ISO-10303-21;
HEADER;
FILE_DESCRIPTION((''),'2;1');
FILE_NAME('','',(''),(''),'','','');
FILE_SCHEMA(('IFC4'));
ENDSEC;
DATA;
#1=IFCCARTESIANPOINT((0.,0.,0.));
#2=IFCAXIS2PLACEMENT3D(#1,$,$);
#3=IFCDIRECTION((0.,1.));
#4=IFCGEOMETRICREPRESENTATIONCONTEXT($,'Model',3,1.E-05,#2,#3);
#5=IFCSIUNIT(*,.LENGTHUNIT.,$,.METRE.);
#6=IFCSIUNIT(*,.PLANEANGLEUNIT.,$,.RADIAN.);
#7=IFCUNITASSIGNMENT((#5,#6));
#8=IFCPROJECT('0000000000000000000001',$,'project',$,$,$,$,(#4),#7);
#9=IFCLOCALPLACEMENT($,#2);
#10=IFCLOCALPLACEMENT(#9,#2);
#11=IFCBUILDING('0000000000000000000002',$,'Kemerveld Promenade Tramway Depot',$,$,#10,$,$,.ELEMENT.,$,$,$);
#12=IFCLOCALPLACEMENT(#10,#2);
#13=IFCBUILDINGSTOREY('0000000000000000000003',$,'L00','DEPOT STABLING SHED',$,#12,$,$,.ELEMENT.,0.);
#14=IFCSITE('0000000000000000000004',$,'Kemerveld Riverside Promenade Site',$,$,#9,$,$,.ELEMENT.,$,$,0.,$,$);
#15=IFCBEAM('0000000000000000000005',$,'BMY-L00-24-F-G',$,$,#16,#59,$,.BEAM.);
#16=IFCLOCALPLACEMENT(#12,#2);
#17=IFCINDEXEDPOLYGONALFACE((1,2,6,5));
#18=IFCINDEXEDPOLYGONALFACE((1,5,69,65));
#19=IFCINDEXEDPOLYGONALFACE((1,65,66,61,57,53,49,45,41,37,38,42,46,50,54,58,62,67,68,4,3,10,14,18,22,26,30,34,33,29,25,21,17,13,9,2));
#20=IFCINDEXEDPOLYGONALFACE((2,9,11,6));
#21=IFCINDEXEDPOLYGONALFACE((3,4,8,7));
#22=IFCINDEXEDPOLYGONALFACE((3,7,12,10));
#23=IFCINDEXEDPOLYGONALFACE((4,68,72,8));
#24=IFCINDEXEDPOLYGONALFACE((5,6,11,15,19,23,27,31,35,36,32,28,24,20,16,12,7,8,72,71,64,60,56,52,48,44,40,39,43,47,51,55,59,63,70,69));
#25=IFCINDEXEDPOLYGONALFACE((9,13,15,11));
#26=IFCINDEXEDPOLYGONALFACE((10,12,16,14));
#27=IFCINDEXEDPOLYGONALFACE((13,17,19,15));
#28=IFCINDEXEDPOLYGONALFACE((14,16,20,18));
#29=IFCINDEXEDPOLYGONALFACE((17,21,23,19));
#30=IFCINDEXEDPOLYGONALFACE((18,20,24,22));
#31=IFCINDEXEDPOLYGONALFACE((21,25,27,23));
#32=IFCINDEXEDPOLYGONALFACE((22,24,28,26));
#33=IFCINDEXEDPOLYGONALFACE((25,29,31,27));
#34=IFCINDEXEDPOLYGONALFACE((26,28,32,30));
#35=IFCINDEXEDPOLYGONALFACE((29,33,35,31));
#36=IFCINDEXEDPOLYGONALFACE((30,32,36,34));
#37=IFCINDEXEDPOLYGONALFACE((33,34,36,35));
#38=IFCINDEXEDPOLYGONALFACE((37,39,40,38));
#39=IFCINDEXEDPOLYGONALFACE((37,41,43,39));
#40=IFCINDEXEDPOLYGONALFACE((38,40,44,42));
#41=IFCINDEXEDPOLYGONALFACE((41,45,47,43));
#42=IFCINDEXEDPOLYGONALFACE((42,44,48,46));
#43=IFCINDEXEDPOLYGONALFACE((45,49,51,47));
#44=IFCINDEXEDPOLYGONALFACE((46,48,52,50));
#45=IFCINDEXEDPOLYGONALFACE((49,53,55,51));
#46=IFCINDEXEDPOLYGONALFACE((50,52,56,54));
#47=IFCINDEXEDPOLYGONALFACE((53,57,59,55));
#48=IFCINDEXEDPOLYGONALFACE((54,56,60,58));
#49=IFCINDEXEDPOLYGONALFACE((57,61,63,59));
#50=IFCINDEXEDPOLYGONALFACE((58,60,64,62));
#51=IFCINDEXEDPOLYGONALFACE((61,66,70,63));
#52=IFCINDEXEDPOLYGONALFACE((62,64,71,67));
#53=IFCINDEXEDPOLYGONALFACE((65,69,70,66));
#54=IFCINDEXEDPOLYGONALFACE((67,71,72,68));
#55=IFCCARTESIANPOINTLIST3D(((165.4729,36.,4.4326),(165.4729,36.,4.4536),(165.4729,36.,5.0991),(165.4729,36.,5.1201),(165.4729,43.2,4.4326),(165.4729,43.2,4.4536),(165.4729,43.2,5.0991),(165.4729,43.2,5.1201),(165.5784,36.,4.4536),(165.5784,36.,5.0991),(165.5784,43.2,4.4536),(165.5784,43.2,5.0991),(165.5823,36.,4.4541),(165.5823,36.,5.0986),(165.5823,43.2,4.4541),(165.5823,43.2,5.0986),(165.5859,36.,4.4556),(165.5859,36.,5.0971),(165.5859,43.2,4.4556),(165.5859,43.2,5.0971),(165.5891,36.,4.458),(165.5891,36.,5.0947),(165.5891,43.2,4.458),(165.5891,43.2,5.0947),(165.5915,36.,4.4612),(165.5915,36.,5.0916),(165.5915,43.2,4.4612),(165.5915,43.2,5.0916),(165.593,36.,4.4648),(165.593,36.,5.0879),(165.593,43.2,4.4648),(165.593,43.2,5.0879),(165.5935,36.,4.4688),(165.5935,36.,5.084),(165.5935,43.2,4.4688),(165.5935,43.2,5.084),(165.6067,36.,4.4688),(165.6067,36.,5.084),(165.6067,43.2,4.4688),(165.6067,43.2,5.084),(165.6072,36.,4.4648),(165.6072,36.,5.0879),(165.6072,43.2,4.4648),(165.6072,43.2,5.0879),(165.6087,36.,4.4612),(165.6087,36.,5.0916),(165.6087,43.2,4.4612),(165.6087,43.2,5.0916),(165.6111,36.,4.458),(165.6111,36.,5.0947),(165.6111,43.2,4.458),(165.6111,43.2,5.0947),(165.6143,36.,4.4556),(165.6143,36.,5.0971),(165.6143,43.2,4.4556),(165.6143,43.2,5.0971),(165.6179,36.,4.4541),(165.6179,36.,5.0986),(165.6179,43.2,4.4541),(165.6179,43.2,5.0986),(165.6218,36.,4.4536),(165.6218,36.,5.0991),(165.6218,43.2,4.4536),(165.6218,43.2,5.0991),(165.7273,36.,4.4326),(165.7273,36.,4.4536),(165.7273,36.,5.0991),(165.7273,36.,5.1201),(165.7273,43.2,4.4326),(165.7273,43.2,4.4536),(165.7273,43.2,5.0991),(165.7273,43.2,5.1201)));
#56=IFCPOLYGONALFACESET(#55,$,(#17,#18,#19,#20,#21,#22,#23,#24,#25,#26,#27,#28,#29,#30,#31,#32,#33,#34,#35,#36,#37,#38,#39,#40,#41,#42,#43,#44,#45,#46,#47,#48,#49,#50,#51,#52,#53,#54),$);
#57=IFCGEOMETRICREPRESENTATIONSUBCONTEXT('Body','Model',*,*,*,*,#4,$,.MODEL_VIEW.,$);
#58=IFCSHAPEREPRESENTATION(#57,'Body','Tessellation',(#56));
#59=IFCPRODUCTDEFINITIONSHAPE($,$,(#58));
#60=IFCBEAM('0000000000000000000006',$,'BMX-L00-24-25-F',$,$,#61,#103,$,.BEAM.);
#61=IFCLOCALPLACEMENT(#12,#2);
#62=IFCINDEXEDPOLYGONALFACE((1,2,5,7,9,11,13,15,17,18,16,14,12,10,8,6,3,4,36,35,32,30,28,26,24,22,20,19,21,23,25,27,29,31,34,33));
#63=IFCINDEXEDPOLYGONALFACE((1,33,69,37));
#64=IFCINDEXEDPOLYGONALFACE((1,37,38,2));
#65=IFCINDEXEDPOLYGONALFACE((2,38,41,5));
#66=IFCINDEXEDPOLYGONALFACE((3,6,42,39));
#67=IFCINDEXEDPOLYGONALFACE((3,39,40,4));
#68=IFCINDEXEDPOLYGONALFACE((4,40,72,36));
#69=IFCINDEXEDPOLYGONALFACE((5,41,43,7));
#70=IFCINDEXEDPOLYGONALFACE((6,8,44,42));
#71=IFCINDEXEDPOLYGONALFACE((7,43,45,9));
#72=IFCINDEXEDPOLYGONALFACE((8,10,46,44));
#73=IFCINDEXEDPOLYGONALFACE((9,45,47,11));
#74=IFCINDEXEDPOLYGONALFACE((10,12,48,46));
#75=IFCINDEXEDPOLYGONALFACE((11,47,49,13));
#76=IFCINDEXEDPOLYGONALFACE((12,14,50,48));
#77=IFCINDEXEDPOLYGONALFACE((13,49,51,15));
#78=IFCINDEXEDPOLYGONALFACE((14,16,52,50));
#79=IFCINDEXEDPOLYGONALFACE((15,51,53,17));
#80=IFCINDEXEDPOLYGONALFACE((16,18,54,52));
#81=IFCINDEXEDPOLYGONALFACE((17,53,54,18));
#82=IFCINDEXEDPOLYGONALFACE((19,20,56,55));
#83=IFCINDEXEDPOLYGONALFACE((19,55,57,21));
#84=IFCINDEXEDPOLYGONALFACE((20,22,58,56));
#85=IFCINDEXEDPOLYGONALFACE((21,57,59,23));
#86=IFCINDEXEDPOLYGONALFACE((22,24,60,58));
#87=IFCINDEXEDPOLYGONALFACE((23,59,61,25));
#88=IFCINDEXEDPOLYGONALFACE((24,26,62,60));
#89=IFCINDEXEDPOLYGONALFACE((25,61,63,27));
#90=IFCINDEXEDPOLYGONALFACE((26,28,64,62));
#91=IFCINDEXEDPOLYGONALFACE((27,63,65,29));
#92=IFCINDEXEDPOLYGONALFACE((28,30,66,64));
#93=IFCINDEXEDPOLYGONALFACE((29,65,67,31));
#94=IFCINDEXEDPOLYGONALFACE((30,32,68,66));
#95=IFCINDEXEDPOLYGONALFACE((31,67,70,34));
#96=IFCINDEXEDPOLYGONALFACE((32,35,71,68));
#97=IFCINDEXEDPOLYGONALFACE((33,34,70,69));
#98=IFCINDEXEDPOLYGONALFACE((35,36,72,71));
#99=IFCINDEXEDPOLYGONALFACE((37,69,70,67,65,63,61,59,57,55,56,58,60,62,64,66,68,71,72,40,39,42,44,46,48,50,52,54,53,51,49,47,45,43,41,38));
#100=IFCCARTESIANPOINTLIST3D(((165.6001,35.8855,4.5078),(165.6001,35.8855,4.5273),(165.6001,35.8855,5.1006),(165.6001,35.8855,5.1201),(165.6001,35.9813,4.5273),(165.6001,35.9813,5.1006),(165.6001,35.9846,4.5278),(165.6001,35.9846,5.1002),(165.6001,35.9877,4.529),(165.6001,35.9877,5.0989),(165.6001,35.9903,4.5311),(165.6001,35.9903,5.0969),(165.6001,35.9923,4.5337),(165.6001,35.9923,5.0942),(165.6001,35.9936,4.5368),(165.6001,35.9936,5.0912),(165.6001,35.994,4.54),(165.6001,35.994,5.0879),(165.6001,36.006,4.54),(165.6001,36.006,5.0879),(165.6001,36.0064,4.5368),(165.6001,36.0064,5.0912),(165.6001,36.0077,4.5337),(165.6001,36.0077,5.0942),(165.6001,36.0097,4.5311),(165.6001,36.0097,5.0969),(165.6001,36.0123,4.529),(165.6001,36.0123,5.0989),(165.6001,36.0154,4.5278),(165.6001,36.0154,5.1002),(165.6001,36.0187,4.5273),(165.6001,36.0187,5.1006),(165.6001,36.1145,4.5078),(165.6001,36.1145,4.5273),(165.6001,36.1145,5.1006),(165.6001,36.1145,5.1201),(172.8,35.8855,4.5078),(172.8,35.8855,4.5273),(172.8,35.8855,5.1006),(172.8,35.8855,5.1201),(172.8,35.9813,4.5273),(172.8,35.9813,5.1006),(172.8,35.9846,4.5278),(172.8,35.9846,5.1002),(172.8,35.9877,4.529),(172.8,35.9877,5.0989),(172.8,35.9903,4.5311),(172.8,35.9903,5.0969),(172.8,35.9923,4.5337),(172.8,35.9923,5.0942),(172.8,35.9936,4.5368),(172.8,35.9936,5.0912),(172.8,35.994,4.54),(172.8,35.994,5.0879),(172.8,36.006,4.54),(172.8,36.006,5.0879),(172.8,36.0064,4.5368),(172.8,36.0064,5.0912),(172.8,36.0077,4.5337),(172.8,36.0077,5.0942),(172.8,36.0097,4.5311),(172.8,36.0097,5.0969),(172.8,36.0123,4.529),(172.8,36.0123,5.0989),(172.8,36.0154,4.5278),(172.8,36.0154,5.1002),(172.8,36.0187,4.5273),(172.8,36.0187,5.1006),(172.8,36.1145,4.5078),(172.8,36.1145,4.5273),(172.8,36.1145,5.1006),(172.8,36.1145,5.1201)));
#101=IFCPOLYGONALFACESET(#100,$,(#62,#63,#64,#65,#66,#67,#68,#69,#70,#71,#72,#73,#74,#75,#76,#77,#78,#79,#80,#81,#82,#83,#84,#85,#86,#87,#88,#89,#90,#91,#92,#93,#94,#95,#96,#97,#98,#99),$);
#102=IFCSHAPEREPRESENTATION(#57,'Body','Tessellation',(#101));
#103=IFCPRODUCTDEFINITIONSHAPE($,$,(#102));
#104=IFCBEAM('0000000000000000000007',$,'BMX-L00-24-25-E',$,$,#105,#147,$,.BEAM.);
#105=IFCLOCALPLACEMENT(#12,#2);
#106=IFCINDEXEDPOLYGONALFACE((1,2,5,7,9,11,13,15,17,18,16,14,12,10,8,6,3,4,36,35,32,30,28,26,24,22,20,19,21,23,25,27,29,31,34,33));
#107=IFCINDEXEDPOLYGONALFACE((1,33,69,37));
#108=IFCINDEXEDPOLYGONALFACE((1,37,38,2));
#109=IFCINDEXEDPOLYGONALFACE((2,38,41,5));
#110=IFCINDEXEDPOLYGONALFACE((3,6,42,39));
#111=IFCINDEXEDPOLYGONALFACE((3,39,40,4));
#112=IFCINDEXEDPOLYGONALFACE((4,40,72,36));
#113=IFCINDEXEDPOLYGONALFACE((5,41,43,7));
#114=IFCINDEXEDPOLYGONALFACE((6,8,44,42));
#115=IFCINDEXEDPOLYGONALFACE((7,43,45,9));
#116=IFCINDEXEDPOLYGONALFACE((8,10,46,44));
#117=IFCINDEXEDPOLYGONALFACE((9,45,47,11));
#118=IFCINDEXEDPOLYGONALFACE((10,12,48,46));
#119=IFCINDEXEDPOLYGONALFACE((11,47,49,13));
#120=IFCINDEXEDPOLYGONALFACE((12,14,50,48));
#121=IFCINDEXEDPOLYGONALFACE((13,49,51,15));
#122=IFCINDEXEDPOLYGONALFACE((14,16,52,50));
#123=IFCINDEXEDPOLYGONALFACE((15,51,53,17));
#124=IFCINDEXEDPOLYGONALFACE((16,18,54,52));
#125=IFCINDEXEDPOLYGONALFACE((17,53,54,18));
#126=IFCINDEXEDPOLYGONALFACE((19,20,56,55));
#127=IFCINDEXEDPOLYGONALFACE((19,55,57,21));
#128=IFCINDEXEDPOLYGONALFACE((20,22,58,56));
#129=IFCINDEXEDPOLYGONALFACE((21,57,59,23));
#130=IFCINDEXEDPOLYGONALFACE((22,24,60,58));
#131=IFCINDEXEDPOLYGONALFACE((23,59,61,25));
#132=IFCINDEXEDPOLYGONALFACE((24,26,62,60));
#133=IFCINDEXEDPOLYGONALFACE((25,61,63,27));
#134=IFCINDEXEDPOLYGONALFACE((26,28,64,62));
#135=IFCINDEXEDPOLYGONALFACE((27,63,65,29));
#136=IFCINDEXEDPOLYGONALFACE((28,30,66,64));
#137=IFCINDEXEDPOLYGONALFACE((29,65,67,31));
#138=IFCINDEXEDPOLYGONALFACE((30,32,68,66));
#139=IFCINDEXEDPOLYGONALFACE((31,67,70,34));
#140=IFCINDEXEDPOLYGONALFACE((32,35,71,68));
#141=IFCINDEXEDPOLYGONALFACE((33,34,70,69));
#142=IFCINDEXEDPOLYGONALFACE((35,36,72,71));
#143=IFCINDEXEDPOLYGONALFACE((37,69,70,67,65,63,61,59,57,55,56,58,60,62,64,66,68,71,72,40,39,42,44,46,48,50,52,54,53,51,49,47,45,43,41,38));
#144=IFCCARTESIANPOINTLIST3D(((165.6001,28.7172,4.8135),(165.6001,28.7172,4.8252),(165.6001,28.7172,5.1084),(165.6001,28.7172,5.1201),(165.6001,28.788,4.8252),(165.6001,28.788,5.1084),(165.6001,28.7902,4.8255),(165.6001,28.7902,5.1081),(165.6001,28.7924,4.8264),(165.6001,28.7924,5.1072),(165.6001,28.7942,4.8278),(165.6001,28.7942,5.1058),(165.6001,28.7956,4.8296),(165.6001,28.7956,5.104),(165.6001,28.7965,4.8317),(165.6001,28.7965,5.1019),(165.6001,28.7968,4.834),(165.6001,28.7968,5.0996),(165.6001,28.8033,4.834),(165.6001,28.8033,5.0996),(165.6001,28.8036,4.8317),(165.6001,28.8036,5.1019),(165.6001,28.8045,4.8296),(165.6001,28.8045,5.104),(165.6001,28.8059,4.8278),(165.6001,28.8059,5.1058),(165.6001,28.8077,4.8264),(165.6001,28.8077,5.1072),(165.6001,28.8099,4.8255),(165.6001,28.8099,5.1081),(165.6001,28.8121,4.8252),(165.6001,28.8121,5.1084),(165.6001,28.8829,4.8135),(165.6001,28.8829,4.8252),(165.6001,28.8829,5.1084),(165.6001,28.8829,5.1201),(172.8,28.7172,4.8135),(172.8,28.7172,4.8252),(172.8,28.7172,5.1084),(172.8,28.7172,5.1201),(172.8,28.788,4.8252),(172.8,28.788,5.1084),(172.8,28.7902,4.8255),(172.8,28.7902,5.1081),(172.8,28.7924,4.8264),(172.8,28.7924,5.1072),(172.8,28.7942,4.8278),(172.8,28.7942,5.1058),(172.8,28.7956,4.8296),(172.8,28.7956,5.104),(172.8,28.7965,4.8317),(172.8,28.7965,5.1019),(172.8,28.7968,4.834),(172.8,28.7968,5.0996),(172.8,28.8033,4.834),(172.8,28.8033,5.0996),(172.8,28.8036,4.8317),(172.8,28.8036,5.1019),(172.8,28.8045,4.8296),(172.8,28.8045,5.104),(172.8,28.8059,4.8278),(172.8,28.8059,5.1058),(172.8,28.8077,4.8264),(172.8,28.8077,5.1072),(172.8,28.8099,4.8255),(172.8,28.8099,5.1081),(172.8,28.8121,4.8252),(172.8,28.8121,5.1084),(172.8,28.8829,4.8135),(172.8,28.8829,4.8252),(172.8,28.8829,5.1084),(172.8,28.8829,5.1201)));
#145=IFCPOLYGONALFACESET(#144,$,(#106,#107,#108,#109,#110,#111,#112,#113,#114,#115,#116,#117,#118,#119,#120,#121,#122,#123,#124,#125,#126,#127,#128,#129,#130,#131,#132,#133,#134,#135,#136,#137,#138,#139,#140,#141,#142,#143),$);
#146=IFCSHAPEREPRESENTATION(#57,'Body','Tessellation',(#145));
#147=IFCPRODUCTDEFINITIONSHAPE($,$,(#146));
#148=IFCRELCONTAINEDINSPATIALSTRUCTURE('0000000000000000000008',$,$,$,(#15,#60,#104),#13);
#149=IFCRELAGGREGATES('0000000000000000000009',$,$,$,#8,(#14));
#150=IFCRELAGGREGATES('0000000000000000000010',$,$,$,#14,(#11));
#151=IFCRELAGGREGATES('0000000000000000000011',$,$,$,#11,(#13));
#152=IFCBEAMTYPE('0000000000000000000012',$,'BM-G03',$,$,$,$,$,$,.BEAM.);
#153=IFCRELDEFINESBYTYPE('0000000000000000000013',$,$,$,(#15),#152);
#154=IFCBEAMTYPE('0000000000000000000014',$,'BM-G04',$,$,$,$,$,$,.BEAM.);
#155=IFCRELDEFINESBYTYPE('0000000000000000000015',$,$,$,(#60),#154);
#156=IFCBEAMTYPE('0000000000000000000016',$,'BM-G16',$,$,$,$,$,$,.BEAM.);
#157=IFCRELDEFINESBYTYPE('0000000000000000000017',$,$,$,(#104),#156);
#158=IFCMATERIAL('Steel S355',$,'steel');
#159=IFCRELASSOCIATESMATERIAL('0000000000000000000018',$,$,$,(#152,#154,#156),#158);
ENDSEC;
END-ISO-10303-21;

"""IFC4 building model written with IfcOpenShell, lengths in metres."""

from ifc_helpers import new_model, si_unit, direction, frame, origin, origin_2d, place, context, subcontext, project, spatial, i_section, extrude, material, material_profile, profile_set, type_object, element, save


model = new_model("IFC4")

# Units and contexts
model_context = context("Model", 3, precision=1e-05, world=origin(), true_north=direction((0.0, 1.0)))
body_context = subcontext(model_context, "Body", "Model", "MODEL_VIEW")
ifc_project = project(units=[si_unit("LENGTHUNIT", "METRE"), si_unit("PLANEANGLEUNIT", "RADIAN")], contexts=[model_context])

# Site, building, storey
site_placement = place(None, origin())
site = spatial("IfcSite", under=ifc_project, at=site_placement, Name="Kemerveld Riverside Promenade Site", CompositionType="ELEMENT", RefElevation=0.0)
building_placement = place(site_placement, origin())
building = spatial("IfcBuilding", under=site, at=building_placement, Name="Kemerveld Promenade Tramway Depot", CompositionType="ELEMENT")
storey_placement = place(building_placement, origin())
storey = spatial("IfcBuildingStorey", under=building, at=storey_placement, Name="L00", Description="DEPOT STABLING SHED", CompositionType="ELEMENT", Elevation=0.0)

# Shared definitions
ifc_material_1 = material(Name="Steel S355", Category="steel")

# Beams
ifc_material_profile_1 = material_profile(ifc_material_1, i_section(OverallWidth=0.2544, OverallDepth=0.6875, WebThickness=0.0132, FlangeThickness=0.021, FilletRadius=0.0151, at=origin_2d()), Name="686x254x152 UB")
ifc_profile_set_1 = profile_set([ifc_material_profile_1], Name="Steel S355")
beam_type_1 = type_object("IfcBeamType", Name="BM-G03", PredefinedType="BEAM", material=ifc_profile_set_1)
for number, where, z_axis, x_axis, name in (
    (1, (165.6001, 36.0, 4.7764), (0.0, 1.0, 0.0), (-1.0, 0.0, 0.0), "BMY-L00-24-F-G"),
):
    element("IfcBeam", number, at=place(storey_placement, frame(where, z_axis=z_axis, x_axis=x_axis)), inside=storey, type_object=beam_type_1, Name=name, PredefinedType="BEAM", context=body_context, shape_type="SweptSolid", body=[
        extrude(i_section(OverallWidth=0.2544, OverallDepth=0.6875, WebThickness=0.0132, FlangeThickness=0.021, FilletRadius=0.0151, at=origin_2d()), origin(), (0.0, 0.0, 1.0), 7.2),
    ])
ifc_material_profile_2 = material_profile(ifc_material_1, i_section(OverallWidth=0.229, OverallDepth=0.6123, WebThickness=0.012, FlangeThickness=0.0195, FilletRadius=0.0127, at=origin_2d()), Name="610x229x125 UB")
ifc_profile_set_2 = profile_set([ifc_material_profile_2], Name="Steel S355")
beam_type_2 = type_object("IfcBeamType", Name="BM-G04", PredefinedType="BEAM", material=ifc_profile_set_2)
beam_1_placement = place(storey_placement, frame((165.6001, 36.0, 4.814), z_axis=(1.0, 0.0, 0.0), x_axis=(0.0, 1.0, 0.0)))
element("IfcBeam", 2, at=beam_1_placement, inside=storey, type_object=beam_type_2, Name="BMX-L00-24-25-F", PredefinedType="BEAM", context=body_context, shape_type="SweptSolid", body=[
    extrude(i_section(OverallWidth=0.229, OverallDepth=0.6123, WebThickness=0.012, FlangeThickness=0.0195, FilletRadius=0.0127, at=origin_2d()), origin(), (0.0, 0.0, 1.0), 7.2),
])
ifc_material_profile_3 = material_profile(ifc_material_1, i_section(OverallWidth=0.1658, OverallDepth=0.3066, WebThickness=0.0066, FlangeThickness=0.0117, FilletRadius=0.0088, at=origin_2d()), Name="305x165x46 UB")
ifc_profile_set_3 = profile_set([ifc_material_profile_3], Name="Steel S355")
beam_type_3 = type_object("IfcBeamType", Name="BM-G16", PredefinedType="BEAM", material=ifc_profile_set_3)
beam_2_placement = place(storey_placement, frame((165.6001, 28.8, 4.9668), z_axis=(1.0, 0.0, 0.0), x_axis=(0.0, 1.0, 0.0)))
element("IfcBeam", 3, at=beam_2_placement, inside=storey, type_object=beam_type_3, Name="BMX-L00-24-25-E", PredefinedType="BEAM", context=body_context, shape_type="SweptSolid", body=[
    extrude(i_section(OverallWidth=0.1658, OverallDepth=0.3066, WebThickness=0.0066, FlangeThickness=0.0117, FilletRadius=0.0088, at=origin_2d()), origin(), (0.0, 0.0, 1.0), 7.2),
])

save(model, "model.ifc")
